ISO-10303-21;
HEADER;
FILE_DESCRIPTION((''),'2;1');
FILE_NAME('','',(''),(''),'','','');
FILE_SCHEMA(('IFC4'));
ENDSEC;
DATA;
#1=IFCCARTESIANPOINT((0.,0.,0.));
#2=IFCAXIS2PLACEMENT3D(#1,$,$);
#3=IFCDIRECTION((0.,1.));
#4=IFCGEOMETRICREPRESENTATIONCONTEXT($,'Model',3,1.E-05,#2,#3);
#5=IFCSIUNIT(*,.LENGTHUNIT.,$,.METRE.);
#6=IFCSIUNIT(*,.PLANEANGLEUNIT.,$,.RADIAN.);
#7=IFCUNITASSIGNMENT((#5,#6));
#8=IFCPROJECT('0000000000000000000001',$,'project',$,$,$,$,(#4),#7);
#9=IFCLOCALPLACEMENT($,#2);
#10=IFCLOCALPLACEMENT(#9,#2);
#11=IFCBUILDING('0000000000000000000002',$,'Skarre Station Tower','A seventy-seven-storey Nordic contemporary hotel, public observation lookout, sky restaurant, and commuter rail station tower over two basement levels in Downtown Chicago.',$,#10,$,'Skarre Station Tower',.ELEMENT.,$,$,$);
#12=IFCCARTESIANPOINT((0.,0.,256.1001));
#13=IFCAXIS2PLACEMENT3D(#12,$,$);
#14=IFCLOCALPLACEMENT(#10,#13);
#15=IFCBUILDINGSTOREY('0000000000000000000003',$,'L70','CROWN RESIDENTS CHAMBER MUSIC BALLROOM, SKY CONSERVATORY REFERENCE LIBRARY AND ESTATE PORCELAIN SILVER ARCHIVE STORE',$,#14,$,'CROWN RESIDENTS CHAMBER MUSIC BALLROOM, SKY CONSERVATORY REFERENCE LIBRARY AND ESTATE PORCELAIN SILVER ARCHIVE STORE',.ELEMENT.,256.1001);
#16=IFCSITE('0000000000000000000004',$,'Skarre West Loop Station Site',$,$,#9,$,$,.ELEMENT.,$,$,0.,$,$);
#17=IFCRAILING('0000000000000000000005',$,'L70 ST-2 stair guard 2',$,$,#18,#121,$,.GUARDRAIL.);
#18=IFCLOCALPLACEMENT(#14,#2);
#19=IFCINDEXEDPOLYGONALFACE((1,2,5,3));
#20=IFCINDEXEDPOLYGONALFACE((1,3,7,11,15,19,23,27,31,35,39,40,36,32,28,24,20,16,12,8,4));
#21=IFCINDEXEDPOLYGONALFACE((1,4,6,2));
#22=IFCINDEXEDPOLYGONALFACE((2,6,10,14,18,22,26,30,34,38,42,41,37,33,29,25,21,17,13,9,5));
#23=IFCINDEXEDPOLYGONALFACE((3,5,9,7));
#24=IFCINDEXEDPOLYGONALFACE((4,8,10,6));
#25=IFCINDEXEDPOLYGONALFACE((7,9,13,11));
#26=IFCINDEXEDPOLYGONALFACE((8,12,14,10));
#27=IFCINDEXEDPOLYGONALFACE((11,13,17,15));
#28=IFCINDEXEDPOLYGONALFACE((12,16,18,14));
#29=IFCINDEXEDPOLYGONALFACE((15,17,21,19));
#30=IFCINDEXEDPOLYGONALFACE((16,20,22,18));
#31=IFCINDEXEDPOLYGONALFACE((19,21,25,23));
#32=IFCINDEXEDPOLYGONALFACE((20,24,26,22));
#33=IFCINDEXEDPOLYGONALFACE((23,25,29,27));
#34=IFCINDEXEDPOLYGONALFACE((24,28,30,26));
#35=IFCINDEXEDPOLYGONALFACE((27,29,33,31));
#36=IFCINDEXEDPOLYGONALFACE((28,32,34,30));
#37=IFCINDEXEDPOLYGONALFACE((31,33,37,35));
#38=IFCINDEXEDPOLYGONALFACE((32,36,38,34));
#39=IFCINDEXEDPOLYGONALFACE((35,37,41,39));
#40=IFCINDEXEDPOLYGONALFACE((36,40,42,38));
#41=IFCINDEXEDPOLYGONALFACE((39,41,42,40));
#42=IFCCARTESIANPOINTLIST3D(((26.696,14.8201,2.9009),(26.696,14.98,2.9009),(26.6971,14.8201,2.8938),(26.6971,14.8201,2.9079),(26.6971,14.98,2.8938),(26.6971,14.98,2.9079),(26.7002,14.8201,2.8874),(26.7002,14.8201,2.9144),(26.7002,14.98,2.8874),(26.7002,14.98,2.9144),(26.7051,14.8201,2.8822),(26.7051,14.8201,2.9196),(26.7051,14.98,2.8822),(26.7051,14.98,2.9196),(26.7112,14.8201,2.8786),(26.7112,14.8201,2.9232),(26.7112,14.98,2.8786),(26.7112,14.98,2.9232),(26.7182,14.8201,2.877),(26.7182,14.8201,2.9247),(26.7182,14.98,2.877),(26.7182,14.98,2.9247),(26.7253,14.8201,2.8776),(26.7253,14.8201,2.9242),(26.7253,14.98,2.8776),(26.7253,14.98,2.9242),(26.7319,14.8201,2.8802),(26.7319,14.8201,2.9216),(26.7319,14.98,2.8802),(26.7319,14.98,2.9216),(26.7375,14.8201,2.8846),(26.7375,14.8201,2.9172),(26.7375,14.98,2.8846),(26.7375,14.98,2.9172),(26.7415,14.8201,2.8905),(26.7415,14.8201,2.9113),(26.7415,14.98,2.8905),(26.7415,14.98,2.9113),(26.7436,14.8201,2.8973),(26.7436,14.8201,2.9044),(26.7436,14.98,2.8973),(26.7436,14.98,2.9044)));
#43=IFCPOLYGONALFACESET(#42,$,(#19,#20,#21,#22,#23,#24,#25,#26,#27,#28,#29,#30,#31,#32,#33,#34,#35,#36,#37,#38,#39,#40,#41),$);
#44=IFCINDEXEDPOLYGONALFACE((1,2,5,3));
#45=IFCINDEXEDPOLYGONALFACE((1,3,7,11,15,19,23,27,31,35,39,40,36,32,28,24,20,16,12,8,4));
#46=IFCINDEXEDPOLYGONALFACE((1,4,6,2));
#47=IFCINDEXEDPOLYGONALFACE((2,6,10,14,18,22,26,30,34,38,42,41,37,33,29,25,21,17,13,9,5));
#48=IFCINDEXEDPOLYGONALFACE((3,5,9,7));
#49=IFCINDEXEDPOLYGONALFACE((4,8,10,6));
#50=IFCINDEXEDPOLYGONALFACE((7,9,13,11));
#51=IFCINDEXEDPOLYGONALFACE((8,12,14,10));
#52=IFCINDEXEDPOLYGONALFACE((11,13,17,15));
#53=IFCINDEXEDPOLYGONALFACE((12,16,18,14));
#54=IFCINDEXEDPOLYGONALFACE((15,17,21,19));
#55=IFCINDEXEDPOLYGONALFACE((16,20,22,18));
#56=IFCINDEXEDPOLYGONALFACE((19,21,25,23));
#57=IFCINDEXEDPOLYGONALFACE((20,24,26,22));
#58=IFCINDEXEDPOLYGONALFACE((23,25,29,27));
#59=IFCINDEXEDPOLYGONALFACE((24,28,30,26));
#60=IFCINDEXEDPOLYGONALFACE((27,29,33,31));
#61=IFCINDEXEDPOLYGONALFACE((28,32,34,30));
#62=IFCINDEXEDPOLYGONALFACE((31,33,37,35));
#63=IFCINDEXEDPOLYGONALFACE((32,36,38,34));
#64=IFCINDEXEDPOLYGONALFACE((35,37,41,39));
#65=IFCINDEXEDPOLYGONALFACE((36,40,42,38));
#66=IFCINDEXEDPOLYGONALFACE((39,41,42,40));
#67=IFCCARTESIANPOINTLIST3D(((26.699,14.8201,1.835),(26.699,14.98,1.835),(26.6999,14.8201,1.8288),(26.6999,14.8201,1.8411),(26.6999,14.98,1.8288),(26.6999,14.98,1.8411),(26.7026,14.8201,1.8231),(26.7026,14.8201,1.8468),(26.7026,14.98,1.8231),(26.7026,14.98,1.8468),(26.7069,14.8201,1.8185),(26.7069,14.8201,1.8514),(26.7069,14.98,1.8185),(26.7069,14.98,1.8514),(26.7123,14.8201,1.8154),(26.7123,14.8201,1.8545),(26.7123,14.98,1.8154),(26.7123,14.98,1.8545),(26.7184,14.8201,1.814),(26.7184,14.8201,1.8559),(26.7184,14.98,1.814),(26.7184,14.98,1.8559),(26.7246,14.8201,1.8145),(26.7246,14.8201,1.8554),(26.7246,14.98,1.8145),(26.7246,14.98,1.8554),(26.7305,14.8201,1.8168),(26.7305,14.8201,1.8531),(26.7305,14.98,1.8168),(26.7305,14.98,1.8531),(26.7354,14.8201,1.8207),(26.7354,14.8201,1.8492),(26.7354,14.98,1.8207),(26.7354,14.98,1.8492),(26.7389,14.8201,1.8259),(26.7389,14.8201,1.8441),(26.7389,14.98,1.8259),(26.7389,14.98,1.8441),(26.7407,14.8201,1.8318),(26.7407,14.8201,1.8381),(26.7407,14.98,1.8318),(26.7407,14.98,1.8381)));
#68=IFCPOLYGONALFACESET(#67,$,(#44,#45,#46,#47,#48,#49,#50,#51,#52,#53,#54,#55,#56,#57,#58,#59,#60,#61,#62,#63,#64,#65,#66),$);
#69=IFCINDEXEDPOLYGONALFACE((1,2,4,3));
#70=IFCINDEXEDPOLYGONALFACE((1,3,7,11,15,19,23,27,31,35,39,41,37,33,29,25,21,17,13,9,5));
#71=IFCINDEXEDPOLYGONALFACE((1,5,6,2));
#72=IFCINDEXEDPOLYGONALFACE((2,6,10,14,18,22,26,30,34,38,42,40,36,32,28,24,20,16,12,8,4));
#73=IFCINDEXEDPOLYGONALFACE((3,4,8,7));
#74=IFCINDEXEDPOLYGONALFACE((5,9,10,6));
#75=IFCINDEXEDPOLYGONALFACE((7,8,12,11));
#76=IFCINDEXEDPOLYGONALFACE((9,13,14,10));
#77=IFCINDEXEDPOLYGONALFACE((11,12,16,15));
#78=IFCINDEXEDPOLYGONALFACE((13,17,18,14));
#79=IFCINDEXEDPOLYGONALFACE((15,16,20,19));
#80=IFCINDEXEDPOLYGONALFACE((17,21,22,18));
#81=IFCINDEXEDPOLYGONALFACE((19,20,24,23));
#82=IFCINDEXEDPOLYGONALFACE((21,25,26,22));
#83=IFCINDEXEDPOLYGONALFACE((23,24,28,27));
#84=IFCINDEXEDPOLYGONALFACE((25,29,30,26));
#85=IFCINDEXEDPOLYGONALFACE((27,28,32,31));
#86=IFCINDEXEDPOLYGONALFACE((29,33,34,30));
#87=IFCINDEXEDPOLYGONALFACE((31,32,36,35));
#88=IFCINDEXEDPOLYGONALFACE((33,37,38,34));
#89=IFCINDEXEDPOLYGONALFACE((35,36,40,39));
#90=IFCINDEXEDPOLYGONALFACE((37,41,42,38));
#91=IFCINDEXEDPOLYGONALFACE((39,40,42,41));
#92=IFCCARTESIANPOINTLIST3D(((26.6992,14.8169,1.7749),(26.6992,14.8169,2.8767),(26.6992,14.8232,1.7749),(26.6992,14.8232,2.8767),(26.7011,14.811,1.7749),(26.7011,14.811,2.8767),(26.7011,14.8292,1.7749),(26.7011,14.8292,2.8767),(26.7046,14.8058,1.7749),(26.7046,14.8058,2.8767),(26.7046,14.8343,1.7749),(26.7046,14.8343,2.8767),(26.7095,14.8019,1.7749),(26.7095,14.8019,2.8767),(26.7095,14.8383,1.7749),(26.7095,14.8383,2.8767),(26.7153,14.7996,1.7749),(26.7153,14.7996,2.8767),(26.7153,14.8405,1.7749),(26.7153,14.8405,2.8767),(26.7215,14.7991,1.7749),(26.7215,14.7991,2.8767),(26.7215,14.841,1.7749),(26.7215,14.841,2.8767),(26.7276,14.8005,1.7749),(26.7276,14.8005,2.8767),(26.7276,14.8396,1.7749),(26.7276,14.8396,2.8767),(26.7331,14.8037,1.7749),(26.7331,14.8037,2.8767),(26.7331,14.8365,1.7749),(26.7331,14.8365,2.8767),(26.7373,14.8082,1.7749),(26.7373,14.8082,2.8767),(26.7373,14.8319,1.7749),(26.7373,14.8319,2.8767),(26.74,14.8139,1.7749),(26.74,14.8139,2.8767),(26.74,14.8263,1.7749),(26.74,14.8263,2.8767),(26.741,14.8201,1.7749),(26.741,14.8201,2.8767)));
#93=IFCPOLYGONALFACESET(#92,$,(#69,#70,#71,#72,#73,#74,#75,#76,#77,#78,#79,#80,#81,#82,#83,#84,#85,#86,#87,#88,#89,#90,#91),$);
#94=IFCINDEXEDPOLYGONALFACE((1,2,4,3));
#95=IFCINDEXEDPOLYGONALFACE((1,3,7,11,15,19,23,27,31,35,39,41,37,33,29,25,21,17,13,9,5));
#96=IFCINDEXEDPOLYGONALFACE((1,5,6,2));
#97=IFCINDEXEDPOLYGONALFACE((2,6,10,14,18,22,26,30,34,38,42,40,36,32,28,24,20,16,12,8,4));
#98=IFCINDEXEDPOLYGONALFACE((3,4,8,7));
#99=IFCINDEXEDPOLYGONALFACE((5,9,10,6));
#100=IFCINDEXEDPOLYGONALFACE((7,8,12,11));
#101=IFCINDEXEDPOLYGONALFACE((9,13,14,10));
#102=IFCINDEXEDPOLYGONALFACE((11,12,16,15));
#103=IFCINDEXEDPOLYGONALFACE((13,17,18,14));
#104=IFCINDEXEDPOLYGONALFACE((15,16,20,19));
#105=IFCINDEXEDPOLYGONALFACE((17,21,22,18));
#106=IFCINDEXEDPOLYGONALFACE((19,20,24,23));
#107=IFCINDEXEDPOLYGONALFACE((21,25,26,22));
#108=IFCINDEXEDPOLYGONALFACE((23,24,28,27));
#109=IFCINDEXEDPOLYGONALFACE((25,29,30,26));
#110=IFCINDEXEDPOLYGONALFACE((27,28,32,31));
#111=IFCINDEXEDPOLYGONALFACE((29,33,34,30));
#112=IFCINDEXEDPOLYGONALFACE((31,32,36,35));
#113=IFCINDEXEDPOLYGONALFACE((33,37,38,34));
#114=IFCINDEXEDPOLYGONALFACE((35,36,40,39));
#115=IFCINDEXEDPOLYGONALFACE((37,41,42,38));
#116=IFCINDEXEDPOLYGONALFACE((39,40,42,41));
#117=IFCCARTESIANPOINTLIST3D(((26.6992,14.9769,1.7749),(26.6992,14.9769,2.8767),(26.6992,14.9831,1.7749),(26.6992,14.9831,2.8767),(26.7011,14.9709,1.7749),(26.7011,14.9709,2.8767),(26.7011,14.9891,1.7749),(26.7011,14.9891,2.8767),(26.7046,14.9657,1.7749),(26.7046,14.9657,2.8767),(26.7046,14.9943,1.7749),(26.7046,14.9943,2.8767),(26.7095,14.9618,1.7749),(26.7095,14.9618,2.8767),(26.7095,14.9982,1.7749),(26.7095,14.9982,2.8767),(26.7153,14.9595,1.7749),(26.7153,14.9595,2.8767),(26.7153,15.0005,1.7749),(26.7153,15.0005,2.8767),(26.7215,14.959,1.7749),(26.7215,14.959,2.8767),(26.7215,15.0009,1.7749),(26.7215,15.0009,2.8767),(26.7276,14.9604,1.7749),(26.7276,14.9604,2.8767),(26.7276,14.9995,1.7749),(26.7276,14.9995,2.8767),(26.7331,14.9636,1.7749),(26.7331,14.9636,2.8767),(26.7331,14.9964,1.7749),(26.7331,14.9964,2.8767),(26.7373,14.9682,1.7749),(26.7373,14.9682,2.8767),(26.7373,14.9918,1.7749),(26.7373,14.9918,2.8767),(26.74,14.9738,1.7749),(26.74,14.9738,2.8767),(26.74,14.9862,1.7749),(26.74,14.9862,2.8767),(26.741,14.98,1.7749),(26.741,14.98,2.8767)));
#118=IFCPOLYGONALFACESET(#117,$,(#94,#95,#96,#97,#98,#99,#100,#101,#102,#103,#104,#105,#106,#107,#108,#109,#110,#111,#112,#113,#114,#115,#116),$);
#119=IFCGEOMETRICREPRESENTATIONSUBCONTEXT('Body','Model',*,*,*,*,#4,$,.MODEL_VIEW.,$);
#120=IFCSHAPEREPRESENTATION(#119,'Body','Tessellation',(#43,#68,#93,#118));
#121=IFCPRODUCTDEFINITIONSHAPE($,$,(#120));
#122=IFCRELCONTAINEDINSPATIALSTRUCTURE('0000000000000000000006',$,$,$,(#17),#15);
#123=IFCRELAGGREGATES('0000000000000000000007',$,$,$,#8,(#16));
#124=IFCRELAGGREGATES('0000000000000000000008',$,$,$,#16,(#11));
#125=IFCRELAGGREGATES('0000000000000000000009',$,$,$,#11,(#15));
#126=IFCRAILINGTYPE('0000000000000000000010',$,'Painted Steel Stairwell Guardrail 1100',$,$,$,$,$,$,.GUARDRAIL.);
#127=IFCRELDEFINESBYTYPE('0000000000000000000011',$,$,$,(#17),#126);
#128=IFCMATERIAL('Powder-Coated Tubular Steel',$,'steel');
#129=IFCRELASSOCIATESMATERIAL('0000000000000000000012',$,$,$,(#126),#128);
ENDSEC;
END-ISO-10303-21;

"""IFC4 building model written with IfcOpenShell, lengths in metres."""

from ifc_helpers import new_model, si_unit, direction, frame, origin, origin_2d, place, context, subcontext, project, spatial, circle, extrude, material, type_object, element, save


model = new_model("IFC4")

# Units and contexts
model_context = context("Model", 3, precision=1e-05, world=origin(), true_north=direction((0.0, 1.0)))
body_context = subcontext(model_context, "Body", "Model", "MODEL_VIEW")
ifc_project = project(units=[si_unit("LENGTHUNIT", "METRE"), si_unit("PLANEANGLEUNIT", "RADIAN")], contexts=[model_context])

# Site, building, storey
site_placement = place(None, origin())
site = spatial("IfcSite", under=ifc_project, at=site_placement, Name="Skarre West Loop Station Site", CompositionType="ELEMENT", RefElevation=0.0)
building_placement = place(site_placement, origin())
building = spatial("IfcBuilding", under=site, at=building_placement, Name="Skarre Station Tower", Description="A seventy-seven-storey Nordic contemporary hotel, public observation lookout, sky restaurant, and commuter rail station tower over two basement levels in Downtown Chicago.", LongName="Skarre Station Tower", CompositionType="ELEMENT")
storey_placement = place(building_placement, frame((0.0, 0.0, 256.1001)))
storey = spatial("IfcBuildingStorey", under=building, at=storey_placement, Name="L70", Description="CROWN RESIDENTS CHAMBER MUSIC BALLROOM, SKY CONSERVATORY REFERENCE LIBRARY AND ESTATE PORCELAIN SILVER ARCHIVE STORE", LongName="CROWN RESIDENTS CHAMBER MUSIC BALLROOM, SKY CONSERVATORY REFERENCE LIBRARY AND ESTATE PORCELAIN SILVER ARCHIVE STORE", CompositionType="ELEMENT", Elevation=256.1001)

# Railing
ifc_material_1 = material(Name="Powder-Coated Tubular Steel", Category="steel")
railing_type_1 = type_object("IfcRailingType", Name="Painted Steel Stairwell Guardrail 1100", PredefinedType="GUARDRAIL", material=ifc_material_1)
railing_1_placement = place(storey_placement, frame((26.72, 14.8201, 1.7749)))
element("IfcRailing", 1, at=railing_1_placement, inside=storey, type_object=railing_type_1, Name="L70 ST-2 stair guard 2", PredefinedType="GUARDRAIL", context=body_context, shape_type="SweptSolid", body=[
    extrude(circle(Radius=0.0239, at=origin_2d()), frame((0.0, 0.0, 1.126), z_axis=(0.0, 1.0, 0.0), x_axis=(-1.0, 0.0, 0.0)), (0.0, 0.0, 1.0), 0.1599),
    extrude(circle(Radius=0.021, at=origin_2d()), frame((0.0, 0.0, 0.0601), z_axis=(0.0, 1.0, 0.0), x_axis=(-1.0, 0.0, 0.0)), (0.0, 0.0, 1.0), 0.1599),
    extrude(circle(Radius=0.021, at=origin_2d()), origin(), (0.0, 0.0, 1.0), 1.1018),
    extrude(circle(Radius=0.021, at=origin_2d()), frame((0.0, 0.1599, 0.0)), (0.0, 0.0, 1.0), 1.1018),
])

save(model, "model.ifc")
